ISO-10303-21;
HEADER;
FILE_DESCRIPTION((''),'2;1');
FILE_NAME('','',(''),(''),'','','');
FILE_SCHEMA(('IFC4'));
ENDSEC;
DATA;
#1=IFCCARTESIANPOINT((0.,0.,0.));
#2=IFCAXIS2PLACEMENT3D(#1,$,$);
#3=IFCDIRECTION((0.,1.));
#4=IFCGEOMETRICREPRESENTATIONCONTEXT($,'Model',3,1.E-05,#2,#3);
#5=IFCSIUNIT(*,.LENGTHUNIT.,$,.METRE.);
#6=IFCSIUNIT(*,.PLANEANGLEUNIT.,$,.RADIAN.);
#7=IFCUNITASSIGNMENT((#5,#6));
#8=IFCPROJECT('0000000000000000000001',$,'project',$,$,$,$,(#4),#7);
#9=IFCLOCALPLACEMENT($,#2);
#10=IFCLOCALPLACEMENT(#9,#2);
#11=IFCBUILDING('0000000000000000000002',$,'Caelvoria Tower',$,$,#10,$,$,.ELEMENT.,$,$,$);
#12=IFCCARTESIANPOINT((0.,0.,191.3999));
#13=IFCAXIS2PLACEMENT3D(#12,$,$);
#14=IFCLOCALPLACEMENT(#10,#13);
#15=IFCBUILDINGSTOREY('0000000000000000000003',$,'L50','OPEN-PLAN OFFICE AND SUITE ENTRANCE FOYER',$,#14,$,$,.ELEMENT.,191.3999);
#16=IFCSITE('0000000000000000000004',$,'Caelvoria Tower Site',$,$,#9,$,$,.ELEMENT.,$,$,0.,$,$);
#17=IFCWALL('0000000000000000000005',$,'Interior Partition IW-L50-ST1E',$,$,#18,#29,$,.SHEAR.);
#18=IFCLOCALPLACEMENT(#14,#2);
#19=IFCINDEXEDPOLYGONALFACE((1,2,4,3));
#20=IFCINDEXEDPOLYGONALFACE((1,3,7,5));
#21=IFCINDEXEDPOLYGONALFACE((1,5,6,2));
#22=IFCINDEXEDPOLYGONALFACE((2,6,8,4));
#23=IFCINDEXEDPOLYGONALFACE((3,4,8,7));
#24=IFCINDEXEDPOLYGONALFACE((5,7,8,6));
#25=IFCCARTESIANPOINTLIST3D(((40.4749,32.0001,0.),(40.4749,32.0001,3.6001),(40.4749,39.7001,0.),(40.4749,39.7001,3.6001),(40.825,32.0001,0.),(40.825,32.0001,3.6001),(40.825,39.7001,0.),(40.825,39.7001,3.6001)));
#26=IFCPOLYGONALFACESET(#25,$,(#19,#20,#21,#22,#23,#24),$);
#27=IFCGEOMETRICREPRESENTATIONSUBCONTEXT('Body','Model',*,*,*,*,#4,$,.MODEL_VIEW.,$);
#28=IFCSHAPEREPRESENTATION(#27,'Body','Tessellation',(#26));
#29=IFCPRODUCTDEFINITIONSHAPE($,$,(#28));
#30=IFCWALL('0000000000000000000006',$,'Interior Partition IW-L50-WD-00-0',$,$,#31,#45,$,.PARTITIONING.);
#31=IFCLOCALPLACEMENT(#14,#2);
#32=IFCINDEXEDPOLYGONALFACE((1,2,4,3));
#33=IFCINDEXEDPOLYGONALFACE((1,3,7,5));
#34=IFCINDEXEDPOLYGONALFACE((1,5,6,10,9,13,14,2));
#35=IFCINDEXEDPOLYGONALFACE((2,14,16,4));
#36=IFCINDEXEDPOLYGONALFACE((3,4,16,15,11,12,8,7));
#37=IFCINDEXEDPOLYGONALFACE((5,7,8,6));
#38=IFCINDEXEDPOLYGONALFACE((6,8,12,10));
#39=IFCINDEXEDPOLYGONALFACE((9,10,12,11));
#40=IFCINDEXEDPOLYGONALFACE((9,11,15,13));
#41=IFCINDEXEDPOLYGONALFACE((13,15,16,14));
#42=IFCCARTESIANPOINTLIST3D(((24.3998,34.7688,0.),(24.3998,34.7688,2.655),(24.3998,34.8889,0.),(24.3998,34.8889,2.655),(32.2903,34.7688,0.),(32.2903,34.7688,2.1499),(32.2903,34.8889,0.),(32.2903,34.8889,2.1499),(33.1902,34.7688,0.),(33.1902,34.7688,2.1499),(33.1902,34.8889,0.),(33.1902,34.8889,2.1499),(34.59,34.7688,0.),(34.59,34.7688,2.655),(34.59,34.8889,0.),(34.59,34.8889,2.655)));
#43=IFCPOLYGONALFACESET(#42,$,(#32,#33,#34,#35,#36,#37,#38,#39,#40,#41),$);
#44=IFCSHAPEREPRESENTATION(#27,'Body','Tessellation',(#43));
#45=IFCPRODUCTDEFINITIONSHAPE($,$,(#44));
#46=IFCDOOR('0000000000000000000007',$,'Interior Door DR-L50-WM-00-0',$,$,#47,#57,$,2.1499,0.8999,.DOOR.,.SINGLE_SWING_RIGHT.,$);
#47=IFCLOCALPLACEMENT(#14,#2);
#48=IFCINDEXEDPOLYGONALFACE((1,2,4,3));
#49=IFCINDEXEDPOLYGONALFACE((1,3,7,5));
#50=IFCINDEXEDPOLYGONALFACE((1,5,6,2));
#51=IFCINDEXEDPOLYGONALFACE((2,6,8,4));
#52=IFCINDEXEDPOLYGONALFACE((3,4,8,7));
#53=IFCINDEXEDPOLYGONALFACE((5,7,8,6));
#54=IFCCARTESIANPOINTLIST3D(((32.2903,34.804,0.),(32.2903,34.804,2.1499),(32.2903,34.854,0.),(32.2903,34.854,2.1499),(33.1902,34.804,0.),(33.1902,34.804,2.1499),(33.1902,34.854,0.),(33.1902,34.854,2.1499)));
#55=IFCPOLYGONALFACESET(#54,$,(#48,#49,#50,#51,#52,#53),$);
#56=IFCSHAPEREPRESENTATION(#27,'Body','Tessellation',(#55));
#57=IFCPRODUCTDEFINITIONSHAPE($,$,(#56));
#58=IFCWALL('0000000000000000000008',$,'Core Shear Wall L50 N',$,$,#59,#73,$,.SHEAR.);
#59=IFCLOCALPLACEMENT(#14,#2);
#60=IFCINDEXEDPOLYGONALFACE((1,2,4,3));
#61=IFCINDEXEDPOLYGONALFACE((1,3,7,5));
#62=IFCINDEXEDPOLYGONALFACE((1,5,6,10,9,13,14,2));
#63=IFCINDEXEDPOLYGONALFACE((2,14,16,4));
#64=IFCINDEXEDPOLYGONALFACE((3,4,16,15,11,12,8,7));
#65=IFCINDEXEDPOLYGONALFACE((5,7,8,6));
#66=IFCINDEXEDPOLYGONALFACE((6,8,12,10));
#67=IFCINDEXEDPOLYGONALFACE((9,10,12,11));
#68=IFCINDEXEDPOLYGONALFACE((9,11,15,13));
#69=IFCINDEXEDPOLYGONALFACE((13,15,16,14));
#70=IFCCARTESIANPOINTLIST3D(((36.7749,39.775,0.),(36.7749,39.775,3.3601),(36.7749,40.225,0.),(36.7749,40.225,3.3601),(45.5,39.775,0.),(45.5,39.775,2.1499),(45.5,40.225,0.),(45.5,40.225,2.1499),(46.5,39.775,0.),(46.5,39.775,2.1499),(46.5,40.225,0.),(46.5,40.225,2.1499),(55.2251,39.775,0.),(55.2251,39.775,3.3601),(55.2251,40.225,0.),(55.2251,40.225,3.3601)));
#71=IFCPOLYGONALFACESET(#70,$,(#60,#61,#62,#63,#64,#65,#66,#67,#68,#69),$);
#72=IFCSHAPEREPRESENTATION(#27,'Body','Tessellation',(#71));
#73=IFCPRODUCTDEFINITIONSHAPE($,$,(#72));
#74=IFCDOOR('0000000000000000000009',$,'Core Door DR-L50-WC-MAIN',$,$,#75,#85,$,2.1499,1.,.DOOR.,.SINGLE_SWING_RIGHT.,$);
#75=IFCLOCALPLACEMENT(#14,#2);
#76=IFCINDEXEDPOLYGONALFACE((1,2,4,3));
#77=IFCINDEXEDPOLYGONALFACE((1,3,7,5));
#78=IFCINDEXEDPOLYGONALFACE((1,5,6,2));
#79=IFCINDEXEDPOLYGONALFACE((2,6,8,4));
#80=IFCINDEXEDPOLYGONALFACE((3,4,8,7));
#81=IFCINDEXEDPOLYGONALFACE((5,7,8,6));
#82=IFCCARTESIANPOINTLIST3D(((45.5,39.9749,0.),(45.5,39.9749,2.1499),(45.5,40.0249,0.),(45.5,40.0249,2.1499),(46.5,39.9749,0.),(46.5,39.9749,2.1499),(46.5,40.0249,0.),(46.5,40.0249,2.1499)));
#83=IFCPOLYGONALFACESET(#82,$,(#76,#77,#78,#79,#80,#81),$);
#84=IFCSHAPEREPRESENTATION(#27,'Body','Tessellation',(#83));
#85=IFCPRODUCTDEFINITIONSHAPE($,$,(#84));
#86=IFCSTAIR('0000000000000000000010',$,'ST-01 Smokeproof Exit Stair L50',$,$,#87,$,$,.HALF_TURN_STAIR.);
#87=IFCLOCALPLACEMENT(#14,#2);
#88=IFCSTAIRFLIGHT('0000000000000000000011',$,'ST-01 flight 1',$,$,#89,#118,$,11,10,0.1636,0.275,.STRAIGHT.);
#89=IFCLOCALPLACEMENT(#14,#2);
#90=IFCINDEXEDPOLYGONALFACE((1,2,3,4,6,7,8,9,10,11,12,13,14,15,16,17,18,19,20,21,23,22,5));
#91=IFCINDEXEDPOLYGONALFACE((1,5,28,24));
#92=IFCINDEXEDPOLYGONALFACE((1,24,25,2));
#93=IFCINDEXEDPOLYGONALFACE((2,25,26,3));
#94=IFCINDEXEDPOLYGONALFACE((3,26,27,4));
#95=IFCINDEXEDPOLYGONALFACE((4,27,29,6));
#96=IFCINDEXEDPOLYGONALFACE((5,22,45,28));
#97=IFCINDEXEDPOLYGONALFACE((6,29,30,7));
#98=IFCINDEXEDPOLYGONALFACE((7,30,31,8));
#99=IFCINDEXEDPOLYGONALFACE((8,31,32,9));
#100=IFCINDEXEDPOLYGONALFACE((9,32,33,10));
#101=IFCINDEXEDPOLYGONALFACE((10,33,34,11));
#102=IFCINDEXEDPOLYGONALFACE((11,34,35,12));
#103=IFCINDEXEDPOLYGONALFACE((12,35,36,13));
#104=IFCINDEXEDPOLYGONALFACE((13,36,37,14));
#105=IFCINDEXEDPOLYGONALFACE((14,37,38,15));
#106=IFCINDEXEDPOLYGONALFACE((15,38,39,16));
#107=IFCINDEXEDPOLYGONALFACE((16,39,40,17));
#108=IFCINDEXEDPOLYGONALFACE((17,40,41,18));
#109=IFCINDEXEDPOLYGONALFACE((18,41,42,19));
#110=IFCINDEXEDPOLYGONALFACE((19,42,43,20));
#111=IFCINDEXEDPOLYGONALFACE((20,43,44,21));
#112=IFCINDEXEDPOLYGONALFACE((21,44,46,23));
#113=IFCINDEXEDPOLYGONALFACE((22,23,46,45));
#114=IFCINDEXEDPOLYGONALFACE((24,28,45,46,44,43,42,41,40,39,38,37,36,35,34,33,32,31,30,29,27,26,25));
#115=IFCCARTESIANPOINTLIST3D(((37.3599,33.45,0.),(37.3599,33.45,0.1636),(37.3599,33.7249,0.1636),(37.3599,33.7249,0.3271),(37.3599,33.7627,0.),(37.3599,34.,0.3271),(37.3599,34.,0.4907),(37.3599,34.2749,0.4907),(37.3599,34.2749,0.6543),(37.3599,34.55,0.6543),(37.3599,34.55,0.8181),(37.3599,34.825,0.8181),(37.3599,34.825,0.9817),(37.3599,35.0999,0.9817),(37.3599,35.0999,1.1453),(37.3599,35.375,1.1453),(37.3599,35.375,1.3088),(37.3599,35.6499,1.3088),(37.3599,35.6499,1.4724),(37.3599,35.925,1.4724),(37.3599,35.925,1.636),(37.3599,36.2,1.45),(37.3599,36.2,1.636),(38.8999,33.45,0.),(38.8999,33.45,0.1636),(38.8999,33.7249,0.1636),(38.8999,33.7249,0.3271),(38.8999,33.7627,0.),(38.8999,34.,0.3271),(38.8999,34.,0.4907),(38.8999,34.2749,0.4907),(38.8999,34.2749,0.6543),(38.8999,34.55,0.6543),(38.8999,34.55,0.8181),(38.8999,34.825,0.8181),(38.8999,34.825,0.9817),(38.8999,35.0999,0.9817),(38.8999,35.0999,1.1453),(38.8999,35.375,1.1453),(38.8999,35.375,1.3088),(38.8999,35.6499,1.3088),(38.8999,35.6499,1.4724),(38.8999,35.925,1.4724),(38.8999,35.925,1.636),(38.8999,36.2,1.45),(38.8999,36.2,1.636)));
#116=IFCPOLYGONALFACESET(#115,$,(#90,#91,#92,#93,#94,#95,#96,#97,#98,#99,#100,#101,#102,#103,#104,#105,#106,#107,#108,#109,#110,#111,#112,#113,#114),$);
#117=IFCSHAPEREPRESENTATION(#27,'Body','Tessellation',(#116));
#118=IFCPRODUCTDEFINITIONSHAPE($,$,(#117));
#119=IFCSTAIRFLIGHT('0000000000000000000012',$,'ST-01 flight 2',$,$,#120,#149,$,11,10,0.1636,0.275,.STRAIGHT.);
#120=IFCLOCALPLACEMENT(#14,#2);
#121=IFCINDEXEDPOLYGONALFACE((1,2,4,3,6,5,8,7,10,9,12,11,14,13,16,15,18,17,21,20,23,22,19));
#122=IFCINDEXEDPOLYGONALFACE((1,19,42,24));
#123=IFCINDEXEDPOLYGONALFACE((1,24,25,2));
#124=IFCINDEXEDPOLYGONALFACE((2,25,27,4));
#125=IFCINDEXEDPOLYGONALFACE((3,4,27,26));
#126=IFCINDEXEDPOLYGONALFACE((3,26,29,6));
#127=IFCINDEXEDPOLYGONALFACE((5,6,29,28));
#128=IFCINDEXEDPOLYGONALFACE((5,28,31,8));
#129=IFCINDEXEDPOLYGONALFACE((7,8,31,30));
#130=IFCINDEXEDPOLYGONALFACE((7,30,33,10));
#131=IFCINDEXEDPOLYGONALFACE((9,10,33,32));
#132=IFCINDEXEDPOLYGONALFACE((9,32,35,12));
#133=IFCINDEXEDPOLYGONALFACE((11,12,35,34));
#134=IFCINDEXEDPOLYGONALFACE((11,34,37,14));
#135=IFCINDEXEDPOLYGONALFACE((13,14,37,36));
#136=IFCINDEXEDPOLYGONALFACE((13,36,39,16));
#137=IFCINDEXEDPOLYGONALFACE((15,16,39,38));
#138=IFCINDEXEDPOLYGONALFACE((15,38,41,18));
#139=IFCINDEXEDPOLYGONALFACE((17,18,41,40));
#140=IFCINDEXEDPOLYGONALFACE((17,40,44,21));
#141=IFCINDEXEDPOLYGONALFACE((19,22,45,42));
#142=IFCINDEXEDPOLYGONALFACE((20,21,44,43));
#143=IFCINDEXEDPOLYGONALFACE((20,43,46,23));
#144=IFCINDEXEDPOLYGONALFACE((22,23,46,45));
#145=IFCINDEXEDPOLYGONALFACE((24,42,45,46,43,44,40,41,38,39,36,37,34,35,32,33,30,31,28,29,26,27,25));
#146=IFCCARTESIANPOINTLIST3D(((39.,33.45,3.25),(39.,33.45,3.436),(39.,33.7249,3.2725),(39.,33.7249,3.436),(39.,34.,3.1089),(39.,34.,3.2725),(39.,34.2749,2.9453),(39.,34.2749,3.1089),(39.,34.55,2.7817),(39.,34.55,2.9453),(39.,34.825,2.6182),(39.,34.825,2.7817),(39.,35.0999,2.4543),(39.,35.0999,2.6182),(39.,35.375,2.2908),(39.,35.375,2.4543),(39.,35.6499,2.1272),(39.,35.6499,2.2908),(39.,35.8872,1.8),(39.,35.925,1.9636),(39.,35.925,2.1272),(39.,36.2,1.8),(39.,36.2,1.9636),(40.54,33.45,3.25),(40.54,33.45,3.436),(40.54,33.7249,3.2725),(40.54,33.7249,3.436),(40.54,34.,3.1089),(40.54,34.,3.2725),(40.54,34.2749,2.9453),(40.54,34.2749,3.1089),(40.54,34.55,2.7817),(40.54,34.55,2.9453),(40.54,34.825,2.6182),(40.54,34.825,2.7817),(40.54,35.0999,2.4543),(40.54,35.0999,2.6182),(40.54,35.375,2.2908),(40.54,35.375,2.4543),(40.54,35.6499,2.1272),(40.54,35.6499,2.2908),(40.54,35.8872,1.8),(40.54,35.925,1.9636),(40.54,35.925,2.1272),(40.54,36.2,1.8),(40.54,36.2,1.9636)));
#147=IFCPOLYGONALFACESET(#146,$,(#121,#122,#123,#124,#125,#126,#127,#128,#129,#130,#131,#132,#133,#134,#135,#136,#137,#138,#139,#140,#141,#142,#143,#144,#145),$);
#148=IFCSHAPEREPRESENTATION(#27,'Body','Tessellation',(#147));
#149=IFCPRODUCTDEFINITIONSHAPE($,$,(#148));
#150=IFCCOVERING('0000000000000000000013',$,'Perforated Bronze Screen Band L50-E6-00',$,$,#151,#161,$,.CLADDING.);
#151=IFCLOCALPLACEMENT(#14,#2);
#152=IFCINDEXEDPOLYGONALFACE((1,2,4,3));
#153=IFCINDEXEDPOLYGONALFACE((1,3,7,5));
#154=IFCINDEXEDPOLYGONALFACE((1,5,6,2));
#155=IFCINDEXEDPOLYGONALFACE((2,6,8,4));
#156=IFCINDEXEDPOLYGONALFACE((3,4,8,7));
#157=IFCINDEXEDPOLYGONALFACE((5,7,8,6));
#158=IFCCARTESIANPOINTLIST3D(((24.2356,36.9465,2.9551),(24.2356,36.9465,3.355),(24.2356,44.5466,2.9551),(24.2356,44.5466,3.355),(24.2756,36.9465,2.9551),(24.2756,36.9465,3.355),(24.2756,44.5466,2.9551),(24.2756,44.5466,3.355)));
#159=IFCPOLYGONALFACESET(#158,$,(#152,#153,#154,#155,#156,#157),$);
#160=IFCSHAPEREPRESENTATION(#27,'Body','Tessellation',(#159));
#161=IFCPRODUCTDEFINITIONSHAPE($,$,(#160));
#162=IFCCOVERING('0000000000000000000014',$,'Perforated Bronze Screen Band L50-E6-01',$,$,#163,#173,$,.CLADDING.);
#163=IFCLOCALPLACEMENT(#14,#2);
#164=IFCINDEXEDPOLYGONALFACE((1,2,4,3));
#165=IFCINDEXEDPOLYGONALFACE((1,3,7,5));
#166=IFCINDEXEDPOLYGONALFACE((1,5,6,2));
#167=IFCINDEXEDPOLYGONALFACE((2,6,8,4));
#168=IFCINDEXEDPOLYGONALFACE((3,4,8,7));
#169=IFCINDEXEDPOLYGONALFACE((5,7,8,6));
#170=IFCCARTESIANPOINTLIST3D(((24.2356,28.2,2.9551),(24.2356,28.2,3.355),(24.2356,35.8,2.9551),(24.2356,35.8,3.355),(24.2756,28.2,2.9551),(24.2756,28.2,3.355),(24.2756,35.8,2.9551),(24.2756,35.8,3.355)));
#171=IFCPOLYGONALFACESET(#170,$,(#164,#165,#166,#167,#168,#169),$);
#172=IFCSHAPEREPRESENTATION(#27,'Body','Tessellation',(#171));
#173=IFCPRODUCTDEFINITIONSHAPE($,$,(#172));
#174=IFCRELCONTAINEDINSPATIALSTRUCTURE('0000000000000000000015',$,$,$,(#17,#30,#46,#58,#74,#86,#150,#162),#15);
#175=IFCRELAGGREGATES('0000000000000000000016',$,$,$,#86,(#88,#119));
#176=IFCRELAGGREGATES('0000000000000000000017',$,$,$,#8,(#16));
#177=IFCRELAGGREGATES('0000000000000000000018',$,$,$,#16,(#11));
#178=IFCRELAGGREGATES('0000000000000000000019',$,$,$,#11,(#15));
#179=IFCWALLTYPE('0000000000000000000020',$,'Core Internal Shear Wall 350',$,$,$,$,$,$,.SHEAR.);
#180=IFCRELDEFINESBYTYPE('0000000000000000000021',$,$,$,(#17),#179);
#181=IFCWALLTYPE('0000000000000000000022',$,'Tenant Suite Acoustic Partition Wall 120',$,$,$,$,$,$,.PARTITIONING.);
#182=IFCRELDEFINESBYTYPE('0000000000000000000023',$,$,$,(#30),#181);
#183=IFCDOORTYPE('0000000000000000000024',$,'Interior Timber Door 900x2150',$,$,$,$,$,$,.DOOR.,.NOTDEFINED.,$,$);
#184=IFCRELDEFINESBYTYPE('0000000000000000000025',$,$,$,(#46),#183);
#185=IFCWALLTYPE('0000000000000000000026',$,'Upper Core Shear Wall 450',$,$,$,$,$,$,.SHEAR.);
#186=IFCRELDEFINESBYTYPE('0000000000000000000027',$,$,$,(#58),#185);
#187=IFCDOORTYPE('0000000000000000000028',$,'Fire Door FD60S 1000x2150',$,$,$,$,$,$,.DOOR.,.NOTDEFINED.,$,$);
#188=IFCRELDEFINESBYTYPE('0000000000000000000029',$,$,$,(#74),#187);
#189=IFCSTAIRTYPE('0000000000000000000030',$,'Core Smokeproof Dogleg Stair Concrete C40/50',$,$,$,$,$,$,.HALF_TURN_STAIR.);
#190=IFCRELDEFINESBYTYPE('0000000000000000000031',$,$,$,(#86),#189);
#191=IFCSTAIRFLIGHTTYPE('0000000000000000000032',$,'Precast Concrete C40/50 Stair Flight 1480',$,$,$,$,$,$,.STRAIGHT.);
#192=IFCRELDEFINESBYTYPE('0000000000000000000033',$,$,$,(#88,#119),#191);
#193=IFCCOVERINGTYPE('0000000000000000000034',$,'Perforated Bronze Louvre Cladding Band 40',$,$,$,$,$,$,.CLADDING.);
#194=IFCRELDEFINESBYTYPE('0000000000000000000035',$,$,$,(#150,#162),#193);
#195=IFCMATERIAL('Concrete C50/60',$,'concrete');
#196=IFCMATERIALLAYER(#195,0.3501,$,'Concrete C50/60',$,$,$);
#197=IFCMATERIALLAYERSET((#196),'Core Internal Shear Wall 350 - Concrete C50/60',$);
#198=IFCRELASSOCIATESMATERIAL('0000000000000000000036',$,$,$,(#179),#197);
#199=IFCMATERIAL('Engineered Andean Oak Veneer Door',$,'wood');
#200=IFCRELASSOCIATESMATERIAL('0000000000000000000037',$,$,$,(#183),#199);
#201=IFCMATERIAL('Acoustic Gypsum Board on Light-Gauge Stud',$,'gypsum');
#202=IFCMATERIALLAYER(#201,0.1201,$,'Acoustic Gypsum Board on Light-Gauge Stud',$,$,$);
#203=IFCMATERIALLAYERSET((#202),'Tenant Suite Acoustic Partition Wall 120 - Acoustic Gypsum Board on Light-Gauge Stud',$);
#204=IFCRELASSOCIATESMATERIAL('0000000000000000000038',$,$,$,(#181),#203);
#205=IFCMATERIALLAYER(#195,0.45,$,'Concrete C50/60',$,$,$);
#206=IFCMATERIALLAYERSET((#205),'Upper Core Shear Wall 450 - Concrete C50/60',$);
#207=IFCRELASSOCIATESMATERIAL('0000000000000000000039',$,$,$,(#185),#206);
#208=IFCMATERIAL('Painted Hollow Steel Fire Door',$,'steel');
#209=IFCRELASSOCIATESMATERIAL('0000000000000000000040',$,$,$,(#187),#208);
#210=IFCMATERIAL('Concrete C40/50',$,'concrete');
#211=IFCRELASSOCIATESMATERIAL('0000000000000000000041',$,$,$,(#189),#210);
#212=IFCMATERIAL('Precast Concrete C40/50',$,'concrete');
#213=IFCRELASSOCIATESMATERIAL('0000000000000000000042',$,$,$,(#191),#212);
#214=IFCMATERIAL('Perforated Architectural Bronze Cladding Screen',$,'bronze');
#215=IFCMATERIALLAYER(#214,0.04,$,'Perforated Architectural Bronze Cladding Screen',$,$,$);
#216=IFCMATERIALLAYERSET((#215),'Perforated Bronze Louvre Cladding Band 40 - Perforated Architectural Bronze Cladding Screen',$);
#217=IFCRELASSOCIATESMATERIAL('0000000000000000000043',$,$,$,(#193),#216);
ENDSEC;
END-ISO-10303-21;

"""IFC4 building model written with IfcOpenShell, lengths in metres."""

from ifc_helpers import new_model, si_unit, direction, frame, frame_2d, origin, origin_2d, place, context, subcontext, project, spatial, polyline, rectangle, outline, extrude, material, layer, layer_set, type_object, element, fill, aggregate, save


model = new_model("IFC4")

# Units and contexts
model_context = context("Model", 3, precision=1e-05, world=origin(), true_north=direction((0.0, 1.0)))
body_context = subcontext(model_context, "Body", "Model", "MODEL_VIEW")
ifc_project = project(units=[si_unit("LENGTHUNIT", "METRE"), si_unit("PLANEANGLEUNIT", "RADIAN")], contexts=[model_context])

# Site, building, storey
site_placement = place(None, origin())
site = spatial("IfcSite", under=ifc_project, at=site_placement, Name="Caelvoria Tower Site", CompositionType="ELEMENT", RefElevation=0.0)
building_placement = place(site_placement, origin())
building = spatial("IfcBuilding", under=site, at=building_placement, Name="Caelvoria Tower", CompositionType="ELEMENT")
storey_placement = place(building_placement, frame((0.0, 0.0, 191.3999)))
storey = spatial("IfcBuildingStorey", under=building, at=storey_placement, Name="L50", Description="OPEN-PLAN OFFICE AND SUITE ENTRANCE FOYER", CompositionType="ELEMENT", Elevation=191.3999)

# Wall
ifc_material_1 = material(Name="Concrete C50/60", Category="concrete")
ifc_layer_1 = layer(ifc_material_1, 0.3501, Name="Concrete C50/60")
ifc_layer_set_1 = layer_set([ifc_layer_1], Name="Core Internal Shear Wall 350 - Concrete C50/60")
wall_type_1 = type_object("IfcWallType", Name="Core Internal Shear Wall 350", PredefinedType="SHEAR", material=ifc_layer_set_1)
wall_1_placement = place(storey_placement, frame((40.6499, 32.0, 0.0), z_axis=(0.0, 0.0, 1.0), x_axis=(0.0, 1.0, 0.0)))
element("IfcWall", 1, at=wall_1_placement, inside=storey, type_object=wall_type_1, Name="Interior Partition IW-L50-ST1E", PredefinedType="SHEAR", context=body_context, shape_type="SweptSolid", body=[
    extrude(rectangle(XDim=7.7, YDim=0.3501, at=frame_2d((3.8501, 0.0))), origin(), (0.0, 0.0, 1.0), 3.6001),
])

# Shared definitions
ifc_material_2 = material(Name="Engineered Andean Oak Veneer Door", Category="wood")
door_type_1 = type_object("IfcDoorType", Name="Interior Timber Door 900x2150", OperationType="NOTDEFINED", PredefinedType="DOOR", material=ifc_material_2)

# Walls, openings, doors
ifc_material_3 = material(Name="Acoustic Gypsum Board on Light-Gauge Stud", Category="gypsum")
ifc_layer_2 = layer(ifc_material_3, 0.1201, Name="Acoustic Gypsum Board on Light-Gauge Stud")
ifc_layer_set_2 = layer_set([ifc_layer_2], Name="Tenant Suite Acoustic Partition Wall 120 - Acoustic Gypsum Board on Light-Gauge Stud")
wall_type_2 = type_object("IfcWallType", Name="Tenant Suite Acoustic Partition Wall 120", PredefinedType="PARTITIONING", material=ifc_layer_set_2)
wall_2_placement = place(storey_placement, frame((34.5901, 34.8289, 0.0), z_axis=(0.0, 0.0, 1.0), x_axis=(-1.0, 0.0, 0.0)))
wall_2 = element("IfcWall", 2, at=wall_2_placement, inside=storey, type_object=wall_type_2, Name="Interior Partition IW-L50-WD-00-0", PredefinedType="PARTITIONING", context=body_context, shape_type="SweptSolid", body=[
    extrude(rectangle(XDim=10.1902, YDim=0.1201, at=frame_2d((5.0952, 0.0))), origin(), (0.0, 0.0, 1.0), 2.655),
])
opening_1_placement = place(wall_2_placement, frame((1.3999, 0.0, 0.0)))
opening_1 = element("IfcOpeningElement", 3, at=opening_1_placement, cuts=wall_2, PredefinedType="OPENING", context=body_context, shape_type="SweptSolid", body=[
    extrude(rectangle(XDim=0.8999, YDim=2.1499, at=frame_2d((0.45, 1.075))), frame((0.0, 0.0701, 0.0), z_axis=(0.0, -1.0, 0.0), x_axis=(1.0, 0.0, 0.0)), (0.0, 0.0, 1.0), 0.1401),
])
door_1_placement = place(opening_1_placement, origin())
door_1 = element("IfcDoor", 4, at=door_1_placement, inside=storey, type_object=door_type_1, Name="Interior Door DR-L50-WM-00-0", OperationType="SINGLE_SWING_RIGHT", OverallHeight=2.1499, OverallWidth=0.8999, PredefinedType="DOOR", context=body_context, shape_type="SweptSolid", body=[
    extrude(rectangle(XDim=0.8999, YDim=2.1499, at=frame_2d((0.45, 1.075))), frame((0.0, 0.0249, 0.0), z_axis=(0.0, -1.0, 0.0), x_axis=(1.0, 0.0, 0.0)), (0.0, 0.0, 1.0), 0.05),
])
fill(opening_1, door_1)
ifc_layer_3 = layer(ifc_material_1, 0.45, Name="Concrete C50/60")
ifc_layer_set_3 = layer_set([ifc_layer_3], Name="Upper Core Shear Wall 450 - Concrete C50/60")
wall_type_3 = type_object("IfcWallType", Name="Upper Core Shear Wall 450", PredefinedType="SHEAR", material=ifc_layer_set_3)
wall_3_placement = place(storey_placement, frame((36.7749, 40.0, 0.0), z_axis=(0.0, 0.0, 1.0), x_axis=(1.0, 0.0, 0.0)))
wall_3 = element("IfcWall", 5, at=wall_3_placement, inside=storey, type_object=wall_type_3, Name="Core Shear Wall L50 N", PredefinedType="SHEAR", context=body_context, shape_type="SweptSolid", body=[
    extrude(rectangle(XDim=18.4502, YDim=0.45, at=frame_2d((9.2251, 0.0))), origin(), (0.0, 0.0, 1.0), 3.3601),
])
opening_2_placement = place(wall_3_placement, frame((8.7251, 0.0, 0.0)))
opening_2 = element("IfcOpeningElement", 6, at=opening_2_placement, cuts=wall_3, PredefinedType="OPENING", context=body_context, shape_type="SweptSolid", body=[
    extrude(rectangle(XDim=1.0, YDim=2.1499, at=frame_2d((0.5, 1.075))), frame((0.0, 0.2349, 0.0), z_axis=(0.0, -1.0, 0.0), x_axis=(1.0, 0.0, 0.0)), (0.0, 0.0, 1.0), 0.47),
])
ifc_material_4 = material(Name="Painted Hollow Steel Fire Door", Category="steel")
door_type_2 = type_object("IfcDoorType", Name="Fire Door FD60S 1000x2150", OperationType="NOTDEFINED", PredefinedType="DOOR", material=ifc_material_4)
door_2_placement = place(opening_2_placement, origin())
door_2 = element("IfcDoor", 7, at=door_2_placement, inside=storey, type_object=door_type_2, Name="Core Door DR-L50-WC-MAIN", OperationType="SINGLE_SWING_RIGHT", OverallHeight=2.1499, OverallWidth=1.0, PredefinedType="DOOR", context=body_context, shape_type="SweptSolid", body=[
    extrude(rectangle(XDim=1.0, YDim=2.1499, at=frame_2d((0.5, 1.075))), frame((0.0, 0.0249, 0.0), z_axis=(0.0, -1.0, 0.0), x_axis=(1.0, 0.0, 0.0)), (0.0, 0.0, 1.0), 0.05),
])
fill(opening_2, door_2)

# Stair, stair flights
ifc_material_5 = material(Name="Concrete C40/50", Category="concrete")
stair_type = type_object("IfcStairType", Name="Core Smokeproof Dogleg Stair Concrete C40/50", PredefinedType="HALF_TURN_STAIR", material=ifc_material_5)
stair_placement = place(storey_placement, origin())
stair = element("IfcStair", 8, at=stair_placement, inside=storey, type_object=stair_type, Name="ST-01 Smokeproof Exit Stair L50", PredefinedType="HALF_TURN_STAIR")
ifc_material_6 = material(Name="Precast Concrete C40/50", Category="concrete")
stair_flight_type = type_object("IfcStairFlightType", Name="Precast Concrete C40/50 Stair Flight 1480", PredefinedType="STRAIGHT", material=ifc_material_6)
stair_flight_1_placement = place(storey_placement, frame((38.1299, 33.45, 0.0), z_axis=(0.0, 0.0, 1.0), x_axis=(0.0, 1.0, 0.0)))
stair_flight_1 = element("IfcStairFlight", 9, at=stair_flight_1_placement, type_object=stair_flight_type, Name="ST-01 flight 1", NumberOfRisers=11, NumberOfTreads=10, PredefinedType="STRAIGHT", RiserHeight=0.1636, TreadLength=0.275, context=body_context, shape_type="SweptSolid", body=[
    extrude(outline(polyline([(0.0, 0.0), (0.0, 0.1636), (0.2749, 0.1636), (0.2749, 0.3271), (0.55, 0.3271), (0.55, 0.4907), (0.825, 0.4907), (0.825, 0.6543), (1.1001, 0.6543), (1.1001, 0.8181), (1.375, 0.8181), (1.375, 0.9817), (1.6499, 0.9817), (1.6499, 1.1453), (1.925, 1.1453), (1.925, 1.3088), (2.2, 1.3088), (2.2, 1.4724), (2.4751, 1.4724), (2.4751, 1.636), (2.75, 1.636), (2.75, 1.7996), (2.75, 1.45), (0.3127, 0.0), (0.0, 0.0)])), frame((0.0, 0.77, 0.0), z_axis=(0.0, -1.0, 0.0), x_axis=(1.0, 0.0, 0.0)), (0.0, 0.0, 1.0), 1.54),
])
stair_flight_2_placement = place(storey_placement, frame((39.77, 36.2, 1.8), z_axis=(0.0, 0.0, 1.0), x_axis=(0.0, -1.0, 0.0)))
stair_flight_2 = element("IfcStairFlight", 10, at=stair_flight_2_placement, type_object=stair_flight_type, Name="ST-01 flight 2", NumberOfRisers=11, NumberOfTreads=10, PredefinedType="STRAIGHT", RiserHeight=0.1636, TreadLength=0.275, context=body_context, shape_type="SweptSolid", body=[
    extrude(outline(polyline([(0.0, 0.0), (0.0, 0.1636), (0.2749, 0.1636), (0.2749, 0.3271), (0.55, 0.3271), (0.55, 0.4907), (0.825, 0.4907), (0.825, 0.6543), (1.1001, 0.6543), (1.1001, 0.8181), (1.375, 0.8181), (1.375, 0.9817), (1.6499, 0.9817), (1.6499, 1.1453), (1.925, 1.1453), (1.925, 1.3088), (2.2, 1.3088), (2.2, 1.4724), (2.4751, 1.4724), (2.4751, 1.636), (2.75, 1.636), (2.75, 1.7996), (2.75, 1.45), (0.3127, 0.0), (0.0, 0.0)])), frame((0.0, 0.77, 0.0), z_axis=(0.0, -1.0, 0.0), x_axis=(1.0, 0.0, 0.0)), (0.0, 0.0, 1.0), 1.54),
])
aggregate(stair, [stair_flight_1, stair_flight_2])

# Coverings
ifc_material_7 = material(Name="Perforated Architectural Bronze Cladding Screen", Category="bronze")
ifc_layer_4 = layer(ifc_material_7, 0.04, Name="Perforated Architectural Bronze Cladding Screen")
ifc_layer_set_4 = layer_set([ifc_layer_4], Name="Perforated Bronze Louvre Cladding Band 40 - Perforated Architectural Bronze Cladding Screen")
covering_type = type_object("IfcCoveringType", Name="Perforated Bronze Louvre Cladding Band 40", PredefinedType="CLADDING", material=ifc_layer_set_4)
for number, where, z_axis, x_axis, name in (
    (11, (24.2556, 40.7466, 2.9551), (0.0, 0.0, 1.0), (0.0, -1.0, 0.0), "Perforated Bronze Screen Band L50-E6-00"),
    (12, (24.2556, 32.0, 2.9551), (0.0, 0.0, 1.0), (0.0, -1.0, 0.0), "Perforated Bronze Screen Band L50-E6-01"),
):
    element("IfcCovering", number, at=place(storey_placement, frame(where, z_axis=z_axis, x_axis=x_axis)), inside=storey, type_object=covering_type, Name=name, PredefinedType="CLADDING", context=body_context, shape_type="SweptSolid", body=[
        extrude(rectangle(XDim=7.6001, YDim=0.04, at=origin_2d()), origin(), (0.0, 0.0, 1.0), 0.3999),
    ])

save(model, "model.ifc")
